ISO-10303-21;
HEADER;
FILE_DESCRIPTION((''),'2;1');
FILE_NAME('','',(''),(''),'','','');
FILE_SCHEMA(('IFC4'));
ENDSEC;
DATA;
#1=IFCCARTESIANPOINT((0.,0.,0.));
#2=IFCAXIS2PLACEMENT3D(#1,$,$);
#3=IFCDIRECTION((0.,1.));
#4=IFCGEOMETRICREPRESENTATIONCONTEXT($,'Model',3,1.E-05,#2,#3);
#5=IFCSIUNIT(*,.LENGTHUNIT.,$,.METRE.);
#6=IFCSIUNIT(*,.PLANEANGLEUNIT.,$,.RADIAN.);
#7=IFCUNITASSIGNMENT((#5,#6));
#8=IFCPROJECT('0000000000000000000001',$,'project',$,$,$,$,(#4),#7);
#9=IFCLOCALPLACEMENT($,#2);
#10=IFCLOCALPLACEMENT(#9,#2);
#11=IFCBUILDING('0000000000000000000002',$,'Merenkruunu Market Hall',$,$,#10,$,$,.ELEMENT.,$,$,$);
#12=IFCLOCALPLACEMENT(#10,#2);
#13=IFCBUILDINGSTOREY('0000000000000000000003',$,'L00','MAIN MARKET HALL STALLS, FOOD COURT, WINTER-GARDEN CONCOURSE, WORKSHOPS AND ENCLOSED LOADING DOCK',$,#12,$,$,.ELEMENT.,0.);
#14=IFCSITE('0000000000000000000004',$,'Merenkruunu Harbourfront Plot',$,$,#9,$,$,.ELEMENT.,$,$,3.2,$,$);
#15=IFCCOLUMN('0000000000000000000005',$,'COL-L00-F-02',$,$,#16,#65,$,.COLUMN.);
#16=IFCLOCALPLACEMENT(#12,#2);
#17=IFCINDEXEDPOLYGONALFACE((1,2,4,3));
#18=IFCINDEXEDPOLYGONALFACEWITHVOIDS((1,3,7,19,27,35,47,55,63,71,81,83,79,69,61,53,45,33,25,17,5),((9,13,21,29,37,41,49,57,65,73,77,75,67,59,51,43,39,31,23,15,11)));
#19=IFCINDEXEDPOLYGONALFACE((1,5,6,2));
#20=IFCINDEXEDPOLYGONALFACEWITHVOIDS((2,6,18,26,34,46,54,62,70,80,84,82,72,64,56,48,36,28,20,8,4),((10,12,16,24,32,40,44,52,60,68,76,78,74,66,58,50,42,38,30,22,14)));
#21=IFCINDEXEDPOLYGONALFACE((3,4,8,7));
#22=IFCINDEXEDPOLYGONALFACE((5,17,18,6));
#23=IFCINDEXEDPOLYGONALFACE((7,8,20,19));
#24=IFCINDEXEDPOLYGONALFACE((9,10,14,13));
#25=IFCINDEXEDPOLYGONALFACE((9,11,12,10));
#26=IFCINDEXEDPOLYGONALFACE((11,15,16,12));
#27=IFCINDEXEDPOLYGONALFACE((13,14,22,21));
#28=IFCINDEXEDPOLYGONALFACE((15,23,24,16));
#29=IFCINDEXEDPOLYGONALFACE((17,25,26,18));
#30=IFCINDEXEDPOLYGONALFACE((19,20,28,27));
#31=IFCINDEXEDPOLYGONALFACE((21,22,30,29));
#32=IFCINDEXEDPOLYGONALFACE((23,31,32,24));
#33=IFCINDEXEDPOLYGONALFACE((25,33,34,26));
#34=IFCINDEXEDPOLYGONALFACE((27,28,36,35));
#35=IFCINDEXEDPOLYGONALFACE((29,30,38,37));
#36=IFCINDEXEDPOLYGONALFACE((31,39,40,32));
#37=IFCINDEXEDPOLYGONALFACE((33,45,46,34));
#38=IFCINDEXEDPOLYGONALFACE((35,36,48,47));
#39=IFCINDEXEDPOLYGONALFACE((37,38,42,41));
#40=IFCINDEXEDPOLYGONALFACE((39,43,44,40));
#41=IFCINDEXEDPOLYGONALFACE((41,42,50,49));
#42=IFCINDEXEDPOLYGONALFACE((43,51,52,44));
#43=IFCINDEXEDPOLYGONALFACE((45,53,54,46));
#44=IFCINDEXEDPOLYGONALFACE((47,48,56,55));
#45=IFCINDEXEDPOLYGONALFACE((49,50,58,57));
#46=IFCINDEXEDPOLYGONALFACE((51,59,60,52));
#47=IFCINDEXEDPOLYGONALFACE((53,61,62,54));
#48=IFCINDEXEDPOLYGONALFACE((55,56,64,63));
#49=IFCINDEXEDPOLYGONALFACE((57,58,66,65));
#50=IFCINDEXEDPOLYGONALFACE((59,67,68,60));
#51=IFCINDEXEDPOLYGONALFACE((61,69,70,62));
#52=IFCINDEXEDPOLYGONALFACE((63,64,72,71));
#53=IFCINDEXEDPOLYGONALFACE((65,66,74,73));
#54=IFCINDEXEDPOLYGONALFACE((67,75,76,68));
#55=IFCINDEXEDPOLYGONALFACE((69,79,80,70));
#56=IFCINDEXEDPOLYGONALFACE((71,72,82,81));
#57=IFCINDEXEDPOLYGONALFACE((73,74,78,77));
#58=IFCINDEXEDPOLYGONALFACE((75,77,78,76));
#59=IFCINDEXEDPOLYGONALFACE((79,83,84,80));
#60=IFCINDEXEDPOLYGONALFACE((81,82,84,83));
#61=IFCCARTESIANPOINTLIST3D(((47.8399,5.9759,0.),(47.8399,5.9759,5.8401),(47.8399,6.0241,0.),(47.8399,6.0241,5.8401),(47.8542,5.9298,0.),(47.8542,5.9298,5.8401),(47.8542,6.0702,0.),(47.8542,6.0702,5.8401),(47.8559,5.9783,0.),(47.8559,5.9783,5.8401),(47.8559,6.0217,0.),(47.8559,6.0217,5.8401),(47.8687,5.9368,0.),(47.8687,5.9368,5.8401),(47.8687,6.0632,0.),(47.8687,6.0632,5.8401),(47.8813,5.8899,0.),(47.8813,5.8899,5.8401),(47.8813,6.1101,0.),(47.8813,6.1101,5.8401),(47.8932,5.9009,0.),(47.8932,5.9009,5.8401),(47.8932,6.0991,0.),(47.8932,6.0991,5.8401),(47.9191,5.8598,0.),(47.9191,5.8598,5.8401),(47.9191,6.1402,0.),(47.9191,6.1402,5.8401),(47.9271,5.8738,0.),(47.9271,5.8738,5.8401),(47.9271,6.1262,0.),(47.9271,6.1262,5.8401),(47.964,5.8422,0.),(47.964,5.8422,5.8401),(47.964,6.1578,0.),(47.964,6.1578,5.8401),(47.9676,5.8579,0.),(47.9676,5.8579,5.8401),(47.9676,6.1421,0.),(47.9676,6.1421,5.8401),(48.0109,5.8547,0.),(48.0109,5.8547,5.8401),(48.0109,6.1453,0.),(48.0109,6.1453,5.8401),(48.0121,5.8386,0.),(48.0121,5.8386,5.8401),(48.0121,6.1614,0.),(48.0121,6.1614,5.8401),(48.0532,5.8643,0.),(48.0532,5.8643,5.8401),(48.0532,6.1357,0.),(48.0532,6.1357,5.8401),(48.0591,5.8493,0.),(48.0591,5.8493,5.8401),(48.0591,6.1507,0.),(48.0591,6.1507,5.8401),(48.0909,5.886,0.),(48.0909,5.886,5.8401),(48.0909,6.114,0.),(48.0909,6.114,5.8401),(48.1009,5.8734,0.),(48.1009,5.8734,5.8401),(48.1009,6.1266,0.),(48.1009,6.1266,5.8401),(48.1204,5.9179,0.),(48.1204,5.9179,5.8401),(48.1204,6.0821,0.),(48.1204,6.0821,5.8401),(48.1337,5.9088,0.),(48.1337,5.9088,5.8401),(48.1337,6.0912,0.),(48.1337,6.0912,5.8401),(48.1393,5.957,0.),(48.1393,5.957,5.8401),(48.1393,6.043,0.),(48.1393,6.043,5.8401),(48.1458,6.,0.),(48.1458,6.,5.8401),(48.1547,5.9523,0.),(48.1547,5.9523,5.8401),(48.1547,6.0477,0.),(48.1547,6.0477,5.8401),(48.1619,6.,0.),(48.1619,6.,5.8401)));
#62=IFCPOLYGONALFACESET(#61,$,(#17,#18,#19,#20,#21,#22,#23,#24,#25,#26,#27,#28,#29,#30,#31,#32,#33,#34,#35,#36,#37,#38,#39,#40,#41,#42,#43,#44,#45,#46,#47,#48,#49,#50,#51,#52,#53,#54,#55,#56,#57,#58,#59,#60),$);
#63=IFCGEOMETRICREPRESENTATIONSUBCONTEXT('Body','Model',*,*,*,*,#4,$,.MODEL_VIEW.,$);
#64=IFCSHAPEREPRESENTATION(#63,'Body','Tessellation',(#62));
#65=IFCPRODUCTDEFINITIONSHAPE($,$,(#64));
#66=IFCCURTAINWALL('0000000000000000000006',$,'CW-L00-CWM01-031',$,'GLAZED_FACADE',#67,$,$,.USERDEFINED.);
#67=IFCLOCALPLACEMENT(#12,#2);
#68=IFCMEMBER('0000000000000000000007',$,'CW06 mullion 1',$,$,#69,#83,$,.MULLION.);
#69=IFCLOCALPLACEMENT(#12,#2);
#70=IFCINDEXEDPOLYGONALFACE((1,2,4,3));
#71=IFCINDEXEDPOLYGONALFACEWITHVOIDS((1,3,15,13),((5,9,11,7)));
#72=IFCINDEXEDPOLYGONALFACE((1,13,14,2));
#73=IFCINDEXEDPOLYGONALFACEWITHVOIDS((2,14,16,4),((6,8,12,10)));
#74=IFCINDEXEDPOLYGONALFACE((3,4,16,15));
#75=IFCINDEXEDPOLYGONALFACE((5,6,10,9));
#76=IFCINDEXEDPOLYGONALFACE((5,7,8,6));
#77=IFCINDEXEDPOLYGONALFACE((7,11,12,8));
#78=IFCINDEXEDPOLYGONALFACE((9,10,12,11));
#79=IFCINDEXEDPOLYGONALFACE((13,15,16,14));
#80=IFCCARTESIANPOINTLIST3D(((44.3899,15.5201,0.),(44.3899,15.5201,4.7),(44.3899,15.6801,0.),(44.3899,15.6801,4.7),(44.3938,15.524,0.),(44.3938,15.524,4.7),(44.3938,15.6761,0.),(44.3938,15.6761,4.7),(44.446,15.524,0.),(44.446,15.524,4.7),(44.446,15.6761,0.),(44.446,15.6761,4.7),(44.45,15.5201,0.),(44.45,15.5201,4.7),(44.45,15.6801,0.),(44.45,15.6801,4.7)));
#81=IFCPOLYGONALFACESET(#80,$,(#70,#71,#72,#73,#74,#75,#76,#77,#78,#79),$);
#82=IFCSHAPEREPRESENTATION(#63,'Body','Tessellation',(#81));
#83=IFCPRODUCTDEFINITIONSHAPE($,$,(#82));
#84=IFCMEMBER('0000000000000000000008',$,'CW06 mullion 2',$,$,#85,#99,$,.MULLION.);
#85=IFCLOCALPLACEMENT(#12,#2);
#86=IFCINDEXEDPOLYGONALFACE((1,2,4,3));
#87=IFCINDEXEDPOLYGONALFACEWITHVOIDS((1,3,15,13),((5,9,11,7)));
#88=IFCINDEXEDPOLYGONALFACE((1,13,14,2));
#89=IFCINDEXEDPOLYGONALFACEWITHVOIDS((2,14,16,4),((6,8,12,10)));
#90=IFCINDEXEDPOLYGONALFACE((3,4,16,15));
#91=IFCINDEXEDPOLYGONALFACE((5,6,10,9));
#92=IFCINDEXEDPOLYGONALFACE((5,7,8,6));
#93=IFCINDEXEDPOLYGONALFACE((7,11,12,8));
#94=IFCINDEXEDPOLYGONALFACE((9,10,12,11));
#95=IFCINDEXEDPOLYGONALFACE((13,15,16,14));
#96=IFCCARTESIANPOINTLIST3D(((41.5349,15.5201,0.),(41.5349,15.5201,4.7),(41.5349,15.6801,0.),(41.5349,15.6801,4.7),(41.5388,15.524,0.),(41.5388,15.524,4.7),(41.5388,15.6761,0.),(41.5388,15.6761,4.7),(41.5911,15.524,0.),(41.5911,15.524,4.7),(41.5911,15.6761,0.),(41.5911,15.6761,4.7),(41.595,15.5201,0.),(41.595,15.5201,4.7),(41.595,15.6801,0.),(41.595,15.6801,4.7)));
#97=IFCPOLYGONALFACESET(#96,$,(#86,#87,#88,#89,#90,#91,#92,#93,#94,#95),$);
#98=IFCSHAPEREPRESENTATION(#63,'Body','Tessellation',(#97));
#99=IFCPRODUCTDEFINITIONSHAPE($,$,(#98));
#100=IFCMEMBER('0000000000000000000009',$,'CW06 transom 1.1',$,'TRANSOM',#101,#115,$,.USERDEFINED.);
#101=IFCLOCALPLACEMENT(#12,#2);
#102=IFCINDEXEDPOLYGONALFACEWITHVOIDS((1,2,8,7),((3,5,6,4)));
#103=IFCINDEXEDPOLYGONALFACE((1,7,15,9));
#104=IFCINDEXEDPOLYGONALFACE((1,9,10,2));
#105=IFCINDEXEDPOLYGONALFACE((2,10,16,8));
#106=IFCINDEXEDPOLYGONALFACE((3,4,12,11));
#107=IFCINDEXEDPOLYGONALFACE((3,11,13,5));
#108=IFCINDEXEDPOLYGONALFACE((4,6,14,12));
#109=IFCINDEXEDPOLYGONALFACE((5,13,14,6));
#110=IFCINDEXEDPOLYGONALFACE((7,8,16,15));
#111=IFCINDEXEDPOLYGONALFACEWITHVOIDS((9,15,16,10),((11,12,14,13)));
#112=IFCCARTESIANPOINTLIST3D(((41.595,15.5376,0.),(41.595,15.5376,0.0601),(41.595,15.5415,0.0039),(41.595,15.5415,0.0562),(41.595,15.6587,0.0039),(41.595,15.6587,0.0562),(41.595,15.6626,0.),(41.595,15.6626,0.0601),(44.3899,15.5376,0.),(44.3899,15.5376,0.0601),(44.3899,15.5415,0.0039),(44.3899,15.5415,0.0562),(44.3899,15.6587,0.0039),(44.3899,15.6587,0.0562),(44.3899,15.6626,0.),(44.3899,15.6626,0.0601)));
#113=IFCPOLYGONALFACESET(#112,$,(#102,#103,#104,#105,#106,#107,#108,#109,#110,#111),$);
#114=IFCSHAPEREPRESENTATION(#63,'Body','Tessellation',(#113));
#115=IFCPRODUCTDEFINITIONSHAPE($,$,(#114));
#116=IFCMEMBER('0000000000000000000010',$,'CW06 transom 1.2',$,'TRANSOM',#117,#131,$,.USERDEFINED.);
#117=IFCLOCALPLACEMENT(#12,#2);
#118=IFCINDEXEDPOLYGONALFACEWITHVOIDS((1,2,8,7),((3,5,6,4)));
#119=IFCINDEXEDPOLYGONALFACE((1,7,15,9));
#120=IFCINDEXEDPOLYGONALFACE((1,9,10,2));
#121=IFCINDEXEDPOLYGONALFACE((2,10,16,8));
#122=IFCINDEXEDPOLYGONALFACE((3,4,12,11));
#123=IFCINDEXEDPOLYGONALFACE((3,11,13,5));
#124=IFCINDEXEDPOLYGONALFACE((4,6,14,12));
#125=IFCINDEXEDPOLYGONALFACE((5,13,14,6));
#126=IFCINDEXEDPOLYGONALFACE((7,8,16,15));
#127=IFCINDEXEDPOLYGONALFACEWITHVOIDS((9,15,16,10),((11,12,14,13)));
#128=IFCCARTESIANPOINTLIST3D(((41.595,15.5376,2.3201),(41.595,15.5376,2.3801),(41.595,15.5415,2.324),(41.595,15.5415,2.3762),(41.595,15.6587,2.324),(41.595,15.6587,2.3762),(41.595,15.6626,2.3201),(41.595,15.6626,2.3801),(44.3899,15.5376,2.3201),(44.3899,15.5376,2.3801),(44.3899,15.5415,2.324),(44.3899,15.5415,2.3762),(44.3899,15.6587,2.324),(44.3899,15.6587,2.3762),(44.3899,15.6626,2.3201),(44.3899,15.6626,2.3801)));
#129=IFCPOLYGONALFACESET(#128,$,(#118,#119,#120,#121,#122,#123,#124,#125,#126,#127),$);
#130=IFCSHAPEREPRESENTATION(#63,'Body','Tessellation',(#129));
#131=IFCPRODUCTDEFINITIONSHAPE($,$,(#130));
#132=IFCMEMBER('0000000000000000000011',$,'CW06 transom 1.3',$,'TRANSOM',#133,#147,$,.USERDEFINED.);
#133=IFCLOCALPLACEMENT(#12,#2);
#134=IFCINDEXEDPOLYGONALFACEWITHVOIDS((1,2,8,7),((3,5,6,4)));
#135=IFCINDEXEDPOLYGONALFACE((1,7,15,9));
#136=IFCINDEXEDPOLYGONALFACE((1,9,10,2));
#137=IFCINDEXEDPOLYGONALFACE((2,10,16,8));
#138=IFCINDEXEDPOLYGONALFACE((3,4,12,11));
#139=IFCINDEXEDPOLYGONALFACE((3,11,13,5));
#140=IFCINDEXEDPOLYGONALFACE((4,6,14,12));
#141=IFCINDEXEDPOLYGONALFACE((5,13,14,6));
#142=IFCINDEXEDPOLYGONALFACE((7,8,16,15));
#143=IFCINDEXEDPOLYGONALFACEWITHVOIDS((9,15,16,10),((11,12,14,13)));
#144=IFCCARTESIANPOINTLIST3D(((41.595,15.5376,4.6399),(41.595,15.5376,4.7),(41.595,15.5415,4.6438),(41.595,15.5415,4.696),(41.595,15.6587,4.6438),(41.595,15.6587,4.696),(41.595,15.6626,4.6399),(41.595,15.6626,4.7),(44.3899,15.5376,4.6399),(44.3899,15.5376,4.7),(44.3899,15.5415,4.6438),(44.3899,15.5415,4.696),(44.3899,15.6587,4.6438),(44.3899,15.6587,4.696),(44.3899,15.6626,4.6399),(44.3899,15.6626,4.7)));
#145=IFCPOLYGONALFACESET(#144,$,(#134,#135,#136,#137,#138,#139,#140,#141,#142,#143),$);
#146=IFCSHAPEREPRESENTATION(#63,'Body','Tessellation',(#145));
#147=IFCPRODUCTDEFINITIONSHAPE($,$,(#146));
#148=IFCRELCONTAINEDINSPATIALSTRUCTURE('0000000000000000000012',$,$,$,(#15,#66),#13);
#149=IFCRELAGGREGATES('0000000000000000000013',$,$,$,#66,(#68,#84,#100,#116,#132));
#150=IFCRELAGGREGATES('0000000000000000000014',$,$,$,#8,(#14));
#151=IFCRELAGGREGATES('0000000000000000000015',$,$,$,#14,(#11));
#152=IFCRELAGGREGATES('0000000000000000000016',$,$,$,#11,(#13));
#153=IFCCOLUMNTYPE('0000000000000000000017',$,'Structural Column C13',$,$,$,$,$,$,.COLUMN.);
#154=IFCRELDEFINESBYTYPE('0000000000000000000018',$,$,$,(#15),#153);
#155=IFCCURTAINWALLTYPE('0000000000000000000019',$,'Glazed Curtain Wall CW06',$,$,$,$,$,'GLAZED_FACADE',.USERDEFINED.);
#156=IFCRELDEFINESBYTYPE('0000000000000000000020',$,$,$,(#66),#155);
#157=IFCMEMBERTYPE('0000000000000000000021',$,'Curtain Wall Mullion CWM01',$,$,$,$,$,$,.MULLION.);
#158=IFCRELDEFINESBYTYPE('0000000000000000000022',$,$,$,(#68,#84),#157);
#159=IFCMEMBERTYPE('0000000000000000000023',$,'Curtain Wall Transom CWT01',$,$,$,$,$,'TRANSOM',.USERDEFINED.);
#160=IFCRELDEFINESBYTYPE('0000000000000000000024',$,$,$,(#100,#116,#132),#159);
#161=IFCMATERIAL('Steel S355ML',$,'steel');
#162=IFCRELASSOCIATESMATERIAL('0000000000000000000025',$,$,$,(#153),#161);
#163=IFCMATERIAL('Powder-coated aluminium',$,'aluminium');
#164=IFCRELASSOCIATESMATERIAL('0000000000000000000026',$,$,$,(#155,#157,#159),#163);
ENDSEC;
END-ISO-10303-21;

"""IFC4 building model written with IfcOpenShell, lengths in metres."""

from ifc_helpers import new_model, si_unit, direction, frame, origin, origin_2d, place, context, subcontext, project, spatial, hollow_rectangle, hollow_circle, extrude, material, material_profile, profile_set, type_object, element, aggregate, save


model = new_model("IFC4")

# Units and contexts
model_context = context("Model", 3, precision=1e-05, world=origin(), true_north=direction((0.0, 1.0)))
body_context = subcontext(model_context, "Body", "Model", "MODEL_VIEW")
ifc_project = project(units=[si_unit("LENGTHUNIT", "METRE"), si_unit("PLANEANGLEUNIT", "RADIAN")], contexts=[model_context])

# Site, building, storey
site_placement = place(None, origin())
site = spatial("IfcSite", under=ifc_project, at=site_placement, Name="Merenkruunu Harbourfront Plot", CompositionType="ELEMENT", RefElevation=3.2)
building_placement = place(site_placement, origin())
building = spatial("IfcBuilding", under=site, at=building_placement, Name="Merenkruunu Market Hall", CompositionType="ELEMENT")
storey_placement = place(building_placement, origin())
storey = spatial("IfcBuildingStorey", under=building, at=storey_placement, Name="L00", Description="MAIN MARKET HALL STALLS, FOOD COURT, WINTER-GARDEN CONCOURSE, WORKSHOPS AND ENCLOSED LOADING DOCK", CompositionType="ELEMENT", Elevation=0.0)

# Column
ifc_material_1 = material(Name="Steel S355ML", Category="steel")
ifc_material_profile_1 = material_profile(ifc_material_1, hollow_circle(Radius=0.1619, WallThickness=0.0161, at=origin_2d()), Name="CHS 323.9x16")
ifc_profile_set_1 = profile_set([ifc_material_profile_1], Name="Steel S355ML")
column_type = type_object("IfcColumnType", Name="Structural Column C13", PredefinedType="COLUMN", material=ifc_profile_set_1)
column_placement = place(storey_placement, frame((48.0, 6.0, 0.0), z_axis=(0.0, 0.0, 1.0), x_axis=(1.0, 0.0, 0.0)))
element("IfcColumn", 1, at=column_placement, inside=storey, type_object=column_type, Name="COL-L00-F-02", PredefinedType="COLUMN", context=body_context, shape_type="SweptSolid", body=[
    extrude(hollow_circle(Radius=0.1619, WallThickness=0.0161, at=origin_2d()), origin(), (0.0, 0.0, 1.0), 5.8401),
])

# Curtain wall, members
ifc_material_2 = material(Name="Powder-coated aluminium", Category="aluminium")
curtain_wall_type = type_object("IfcCurtainWallType", Name="Glazed Curtain Wall CW06", ElementType="GLAZED_FACADE", PredefinedType="USERDEFINED", material=ifc_material_2)
curtain_wall_placement = place(storey_placement, origin())
curtain_wall = element("IfcCurtainWall", 2, at=curtain_wall_placement, inside=storey, type_object=curtain_wall_type, Name="CW-L00-CWM01-031", ObjectType="GLAZED_FACADE", PredefinedType="USERDEFINED")
ifc_material_profile_2 = material_profile(ifc_material_2, hollow_rectangle(XDim=0.0601, YDim=0.1599, WallThickness=0.0039, at=origin_2d()), Name="ALU 60x160x4")
ifc_profile_set_2 = profile_set([ifc_material_profile_2], Name="Powder-coated aluminium")
member_type_1 = type_object("IfcMemberType", Name="Curtain Wall Mullion CWM01", PredefinedType="MULLION", material=ifc_profile_set_2)
member_1_placement = place(storey_placement, frame((44.4199, 15.6001, 0.0), z_axis=(0.0, 0.0, 1.0), x_axis=(-1.0, 0.0, 0.0)))
member_1 = element("IfcMember", 3, at=member_1_placement, type_object=member_type_1, Name="CW06 mullion 1", PredefinedType="MULLION", context=body_context, shape_type="SweptSolid", body=[
    extrude(hollow_rectangle(XDim=0.0601, YDim=0.1599, WallThickness=0.0039, at=origin_2d()), origin(), (0.0, 0.0, 1.0), 4.7),
])
member_2_placement = place(storey_placement, frame((41.5649, 15.6001, 0.0), z_axis=(0.0, 0.0, 1.0), x_axis=(-1.0, 0.0, 0.0)))
member_2 = element("IfcMember", 4, at=member_2_placement, type_object=member_type_1, Name="CW06 mullion 2", PredefinedType="MULLION", context=body_context, shape_type="SweptSolid", body=[
    extrude(hollow_rectangle(XDim=0.0601, YDim=0.1599, WallThickness=0.0039, at=origin_2d()), origin(), (0.0, 0.0, 1.0), 4.7),
])
ifc_material_profile_3 = material_profile(ifc_material_2, hollow_rectangle(XDim=0.0601, YDim=0.125, WallThickness=0.0039, at=origin_2d()), Name="ALU 60x125x4")
ifc_profile_set_3 = profile_set([ifc_material_profile_3], Name="Powder-coated aluminium")
member_type_2 = type_object("IfcMemberType", Name="Curtain Wall Transom CWT01", ElementType="TRANSOM", PredefinedType="USERDEFINED", material=ifc_profile_set_3)
member_3_placement = place(storey_placement, frame((44.3899, 15.6001, 0.03), z_axis=(-1.0, 0.0, 0.0), x_axis=(0.0, 0.0, 1.0)))
member_3 = element("IfcMember", 5, at=member_3_placement, type_object=member_type_2, Name="CW06 transom 1.1", ObjectType="TRANSOM", PredefinedType="USERDEFINED", context=body_context, shape_type="SweptSolid", body=[
    extrude(hollow_rectangle(XDim=0.0601, YDim=0.125, WallThickness=0.0039, at=origin_2d()), origin(), (0.0, 0.0, 1.0), 2.7949),
])
member_4_placement = place(storey_placement, frame((44.3899, 15.6001, 2.3501), z_axis=(-1.0, 0.0, 0.0), x_axis=(0.0, 0.0, 1.0)))
member_4 = element("IfcMember", 6, at=member_4_placement, type_object=member_type_2, Name="CW06 transom 1.2", ObjectType="TRANSOM", PredefinedType="USERDEFINED", context=body_context, shape_type="SweptSolid", body=[
    extrude(hollow_rectangle(XDim=0.0601, YDim=0.125, WallThickness=0.0039, at=origin_2d()), origin(), (0.0, 0.0, 1.0), 2.7949),
])
member_5_placement = place(storey_placement, frame((44.3899, 15.6001, 4.6699), z_axis=(-1.0, 0.0, 0.0), x_axis=(0.0, 0.0, 1.0)))
member_5 = element("IfcMember", 7, at=member_5_placement, type_object=member_type_2, Name="CW06 transom 1.3", ObjectType="TRANSOM", PredefinedType="USERDEFINED", context=body_context, shape_type="SweptSolid", body=[
    extrude(hollow_rectangle(XDim=0.0601, YDim=0.125, WallThickness=0.0039, at=origin_2d()), origin(), (0.0, 0.0, 1.0), 2.7949),
])

aggregate(curtain_wall, [member_1, member_2, member_3, member_4, member_5])

save(model, "model.ifc")
